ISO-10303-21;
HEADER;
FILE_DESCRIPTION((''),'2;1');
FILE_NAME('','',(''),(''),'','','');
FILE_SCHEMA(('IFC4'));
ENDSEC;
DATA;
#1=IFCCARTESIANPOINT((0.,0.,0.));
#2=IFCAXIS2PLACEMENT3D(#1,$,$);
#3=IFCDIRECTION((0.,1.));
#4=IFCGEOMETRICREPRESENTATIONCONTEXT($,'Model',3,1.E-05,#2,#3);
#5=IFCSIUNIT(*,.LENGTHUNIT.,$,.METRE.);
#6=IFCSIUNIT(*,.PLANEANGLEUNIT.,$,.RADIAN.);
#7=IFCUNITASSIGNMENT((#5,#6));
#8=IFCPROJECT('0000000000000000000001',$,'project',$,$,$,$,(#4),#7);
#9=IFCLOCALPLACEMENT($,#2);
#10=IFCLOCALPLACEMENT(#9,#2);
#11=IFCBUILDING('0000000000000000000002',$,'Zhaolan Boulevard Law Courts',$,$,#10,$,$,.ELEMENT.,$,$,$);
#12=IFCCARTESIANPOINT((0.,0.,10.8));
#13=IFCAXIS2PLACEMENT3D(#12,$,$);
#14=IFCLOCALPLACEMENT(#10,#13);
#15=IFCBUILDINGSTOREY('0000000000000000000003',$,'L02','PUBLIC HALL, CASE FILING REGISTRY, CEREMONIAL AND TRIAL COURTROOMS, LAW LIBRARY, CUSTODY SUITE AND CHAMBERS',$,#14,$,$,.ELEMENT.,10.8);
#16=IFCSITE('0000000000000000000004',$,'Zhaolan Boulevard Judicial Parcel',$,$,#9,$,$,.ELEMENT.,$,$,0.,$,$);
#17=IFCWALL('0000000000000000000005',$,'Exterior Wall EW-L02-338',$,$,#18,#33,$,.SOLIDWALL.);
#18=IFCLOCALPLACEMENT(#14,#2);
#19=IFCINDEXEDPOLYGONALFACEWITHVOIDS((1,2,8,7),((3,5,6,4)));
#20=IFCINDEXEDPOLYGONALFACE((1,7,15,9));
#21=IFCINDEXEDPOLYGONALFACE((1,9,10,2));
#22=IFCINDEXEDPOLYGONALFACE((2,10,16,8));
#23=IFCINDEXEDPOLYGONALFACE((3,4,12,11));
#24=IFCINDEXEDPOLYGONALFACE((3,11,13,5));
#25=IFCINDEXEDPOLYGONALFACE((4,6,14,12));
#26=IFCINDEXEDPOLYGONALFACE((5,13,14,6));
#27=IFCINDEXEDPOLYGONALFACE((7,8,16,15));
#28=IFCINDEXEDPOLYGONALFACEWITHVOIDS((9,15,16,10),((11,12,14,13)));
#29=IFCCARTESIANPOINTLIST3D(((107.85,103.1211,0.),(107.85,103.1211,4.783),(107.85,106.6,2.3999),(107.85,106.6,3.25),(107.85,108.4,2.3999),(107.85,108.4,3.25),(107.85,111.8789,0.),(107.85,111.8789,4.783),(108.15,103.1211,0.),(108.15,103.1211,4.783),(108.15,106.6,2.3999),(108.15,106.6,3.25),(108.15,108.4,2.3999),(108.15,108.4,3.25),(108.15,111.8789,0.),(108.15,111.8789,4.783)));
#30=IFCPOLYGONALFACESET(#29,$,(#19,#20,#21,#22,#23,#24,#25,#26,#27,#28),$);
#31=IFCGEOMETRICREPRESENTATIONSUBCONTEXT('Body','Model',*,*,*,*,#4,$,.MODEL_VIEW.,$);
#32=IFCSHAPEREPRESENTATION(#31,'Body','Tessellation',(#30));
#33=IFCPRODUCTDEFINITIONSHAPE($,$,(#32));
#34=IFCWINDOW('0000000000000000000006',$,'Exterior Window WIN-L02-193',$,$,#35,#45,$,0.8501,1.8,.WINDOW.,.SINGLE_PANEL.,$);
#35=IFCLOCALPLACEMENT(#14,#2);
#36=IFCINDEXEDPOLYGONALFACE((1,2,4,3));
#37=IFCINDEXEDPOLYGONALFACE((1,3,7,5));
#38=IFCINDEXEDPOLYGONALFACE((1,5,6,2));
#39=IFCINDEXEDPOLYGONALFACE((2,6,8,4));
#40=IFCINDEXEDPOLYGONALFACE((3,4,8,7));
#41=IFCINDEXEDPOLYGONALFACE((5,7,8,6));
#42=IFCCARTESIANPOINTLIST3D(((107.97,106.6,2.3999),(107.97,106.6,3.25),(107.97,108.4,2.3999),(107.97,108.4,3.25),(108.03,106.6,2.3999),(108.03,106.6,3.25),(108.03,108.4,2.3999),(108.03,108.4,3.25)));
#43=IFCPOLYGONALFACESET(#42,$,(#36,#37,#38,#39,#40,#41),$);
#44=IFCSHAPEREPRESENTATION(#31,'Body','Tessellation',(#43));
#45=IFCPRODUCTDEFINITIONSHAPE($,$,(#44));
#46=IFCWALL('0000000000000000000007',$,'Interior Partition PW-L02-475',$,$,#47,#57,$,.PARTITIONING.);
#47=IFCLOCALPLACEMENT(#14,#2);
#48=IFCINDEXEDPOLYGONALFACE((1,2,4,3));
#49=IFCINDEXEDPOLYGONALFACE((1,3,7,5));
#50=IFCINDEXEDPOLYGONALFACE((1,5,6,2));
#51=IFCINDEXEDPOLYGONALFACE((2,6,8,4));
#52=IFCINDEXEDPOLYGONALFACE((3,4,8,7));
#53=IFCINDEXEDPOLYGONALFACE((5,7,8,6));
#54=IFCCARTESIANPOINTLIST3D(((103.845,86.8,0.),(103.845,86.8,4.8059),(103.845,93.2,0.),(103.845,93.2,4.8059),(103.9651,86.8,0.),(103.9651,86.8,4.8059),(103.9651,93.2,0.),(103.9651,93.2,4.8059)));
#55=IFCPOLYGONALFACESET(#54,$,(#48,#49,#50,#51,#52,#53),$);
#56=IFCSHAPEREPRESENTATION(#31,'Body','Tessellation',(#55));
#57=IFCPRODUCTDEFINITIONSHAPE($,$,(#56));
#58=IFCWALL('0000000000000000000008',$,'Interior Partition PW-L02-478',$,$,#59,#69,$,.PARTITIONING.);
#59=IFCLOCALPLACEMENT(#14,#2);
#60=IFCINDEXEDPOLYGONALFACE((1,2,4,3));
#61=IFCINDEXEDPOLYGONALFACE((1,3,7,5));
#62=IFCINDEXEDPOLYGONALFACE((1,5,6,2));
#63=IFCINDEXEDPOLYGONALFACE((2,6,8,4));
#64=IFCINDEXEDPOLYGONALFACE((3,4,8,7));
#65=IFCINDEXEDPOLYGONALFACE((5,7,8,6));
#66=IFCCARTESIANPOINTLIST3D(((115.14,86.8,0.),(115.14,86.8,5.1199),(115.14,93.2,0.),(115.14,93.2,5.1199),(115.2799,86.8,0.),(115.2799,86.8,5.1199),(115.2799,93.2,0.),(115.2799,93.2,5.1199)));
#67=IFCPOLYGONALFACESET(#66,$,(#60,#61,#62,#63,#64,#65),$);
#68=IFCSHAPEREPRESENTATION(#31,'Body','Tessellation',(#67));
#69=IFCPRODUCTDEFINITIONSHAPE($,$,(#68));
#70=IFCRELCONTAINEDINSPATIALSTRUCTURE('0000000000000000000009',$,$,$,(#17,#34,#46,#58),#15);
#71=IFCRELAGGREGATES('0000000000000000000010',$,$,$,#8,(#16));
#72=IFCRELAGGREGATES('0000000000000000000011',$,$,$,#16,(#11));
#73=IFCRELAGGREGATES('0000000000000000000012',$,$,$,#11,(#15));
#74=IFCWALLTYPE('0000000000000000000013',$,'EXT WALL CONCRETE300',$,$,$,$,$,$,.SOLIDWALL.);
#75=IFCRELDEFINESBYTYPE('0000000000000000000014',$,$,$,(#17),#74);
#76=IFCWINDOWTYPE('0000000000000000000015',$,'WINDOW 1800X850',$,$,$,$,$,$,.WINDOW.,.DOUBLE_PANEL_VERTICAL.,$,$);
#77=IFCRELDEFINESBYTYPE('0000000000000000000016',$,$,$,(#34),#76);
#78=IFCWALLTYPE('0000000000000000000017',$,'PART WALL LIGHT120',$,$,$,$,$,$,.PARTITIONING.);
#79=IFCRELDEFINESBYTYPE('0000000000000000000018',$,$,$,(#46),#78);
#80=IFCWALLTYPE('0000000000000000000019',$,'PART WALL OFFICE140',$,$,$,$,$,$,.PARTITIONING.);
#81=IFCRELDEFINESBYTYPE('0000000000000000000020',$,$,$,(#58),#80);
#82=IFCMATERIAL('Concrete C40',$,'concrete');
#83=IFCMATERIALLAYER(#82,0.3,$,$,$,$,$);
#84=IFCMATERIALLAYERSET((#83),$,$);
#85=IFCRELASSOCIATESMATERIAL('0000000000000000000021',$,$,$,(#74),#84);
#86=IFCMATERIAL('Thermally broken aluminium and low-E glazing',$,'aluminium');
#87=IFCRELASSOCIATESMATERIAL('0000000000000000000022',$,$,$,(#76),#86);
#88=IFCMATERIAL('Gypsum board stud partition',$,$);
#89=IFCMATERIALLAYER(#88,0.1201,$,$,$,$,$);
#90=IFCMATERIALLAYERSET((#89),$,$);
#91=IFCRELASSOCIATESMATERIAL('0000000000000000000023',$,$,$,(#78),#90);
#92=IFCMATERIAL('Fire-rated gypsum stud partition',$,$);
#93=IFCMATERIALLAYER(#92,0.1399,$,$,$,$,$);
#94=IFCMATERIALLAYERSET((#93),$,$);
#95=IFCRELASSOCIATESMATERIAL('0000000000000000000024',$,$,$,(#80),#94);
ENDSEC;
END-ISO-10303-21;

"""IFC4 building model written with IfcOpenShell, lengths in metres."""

from ifc_helpers import new_model, si_unit, direction, frame, frame_2d, origin, place, context, subcontext, project, spatial, rectangle, extrude, material, layer, layer_set, type_object, element, fill, save


model = new_model("IFC4")

# Units and contexts
model_context = context("Model", 3, precision=1e-05, world=origin(), true_north=direction((0.0, 1.0)))
body_context = subcontext(model_context, "Body", "Model", "MODEL_VIEW")
ifc_project = project(units=[si_unit("LENGTHUNIT", "METRE"), si_unit("PLANEANGLEUNIT", "RADIAN")], contexts=[model_context])

# Site, building, storey
site_placement = place(None, origin())
site = spatial("IfcSite", under=ifc_project, at=site_placement, Name="Zhaolan Boulevard Judicial Parcel", CompositionType="ELEMENT", RefElevation=0.0)
building_placement = place(site_placement, origin())
building = spatial("IfcBuilding", under=site, at=building_placement, Name="Zhaolan Boulevard Law Courts", CompositionType="ELEMENT")
storey_placement = place(building_placement, frame((0.0, 0.0, 10.8)))
storey = spatial("IfcBuildingStorey", under=building, at=storey_placement, Name="L02", Description="PUBLIC HALL, CASE FILING REGISTRY, CEREMONIAL AND TRIAL COURTROOMS, LAW LIBRARY, CUSTODY SUITE AND CHAMBERS", CompositionType="ELEMENT", Elevation=10.8)

# Wall, opening, window
ifc_material_1 = material(Name="Concrete C40", Category="concrete")
ifc_layer_1 = layer(ifc_material_1, 0.3)
ifc_layer_set_1 = layer_set([ifc_layer_1])
wall_type_1 = type_object("IfcWallType", Name="EXT WALL CONCRETE300", PredefinedType="SOLIDWALL", material=ifc_layer_set_1)
ifc_material_2 = material(Name="Thermally broken aluminium and low-E glazing", Category="aluminium")
window_type_1 = type_object("IfcWindowType", Name="WINDOW 1800X850", PartitioningType="DOUBLE_PANEL_VERTICAL", PredefinedType="WINDOW", material=ifc_material_2)
wall_1_placement = place(storey_placement, frame((108.0, 103.1211, 0.0), z_axis=(0.0, 0.0, 1.0), x_axis=(0.0, 1.0, 0.0)))
wall_1 = element("IfcWall", 1, at=wall_1_placement, inside=storey, type_object=wall_type_1, Name="Exterior Wall EW-L02-338", PredefinedType="SOLIDWALL", context=body_context, shape_type="SweptSolid", body=[
    extrude(rectangle(XDim=8.7578, YDim=0.3, at=frame_2d((4.3789, 0.0))), origin(), (0.0, 0.0, 1.0), 4.783),
])
opening_1_placement = place(wall_1_placement, frame((3.479, 0.0, 2.3999)))
opening_1 = element("IfcOpeningElement", 2, at=opening_1_placement, cuts=wall_1, PredefinedType="OPENING", context=body_context, shape_type="SweptSolid", body=[
    extrude(rectangle(XDim=1.8, YDim=0.8501, at=frame_2d((0.8999, 0.425))), frame((0.0, 0.1599, 0.0), z_axis=(0.0, -1.0, 0.0), x_axis=(1.0, 0.0, 0.0)), (0.0, 0.0, 1.0), 0.3201),
])
window_1_placement = place(opening_1_placement, origin())
window_1 = element("IfcWindow", 3, at=window_1_placement, inside=storey, type_object=window_type_1, Name="Exterior Window WIN-L02-193", OverallHeight=0.8501, OverallWidth=1.8, PartitioningType="SINGLE_PANEL", PredefinedType="WINDOW", context=body_context, shape_type="SweptSolid", body=[
    extrude(rectangle(XDim=1.8, YDim=0.8501, at=frame_2d((0.8999, 0.425))), frame((0.0, 0.03, 0.0), z_axis=(0.0, -1.0, 0.0), x_axis=(1.0, 0.0, 0.0)), (0.0, 0.0, 1.0), 0.0601),
])
fill(opening_1, window_1)

# Walls
ifc_material_3 = material(Name="Gypsum board stud partition")
ifc_layer_2 = layer(ifc_material_3, 0.1201)
ifc_layer_set_2 = layer_set([ifc_layer_2])
wall_type_2 = type_object("IfcWallType", Name="PART WALL LIGHT120", PredefinedType="PARTITIONING", material=ifc_layer_set_2)
wall_2_placement = place(storey_placement, frame((103.905, 93.2, 0.0), z_axis=(0.0, 0.0, 1.0), x_axis=(0.0, -1.0, 0.0)))
element("IfcWall", 4, at=wall_2_placement, inside=storey, type_object=wall_type_2, Name="Interior Partition PW-L02-475", PredefinedType="PARTITIONING", context=body_context, shape_type="SweptSolid", body=[
    extrude(rectangle(XDim=6.3999, YDim=0.1201, at=frame_2d((3.2, 0.0))), origin(), (0.0, 0.0, 1.0), 4.8059),
])
ifc_material_4 = material(Name="Fire-rated gypsum stud partition")
ifc_layer_3 = layer(ifc_material_4, 0.1399)
ifc_layer_set_3 = layer_set([ifc_layer_3])
wall_type_3 = type_object("IfcWallType", Name="PART WALL OFFICE140", PredefinedType="PARTITIONING", material=ifc_layer_set_3)
wall_3_placement = place(storey_placement, frame((115.21, 93.2, 0.0), z_axis=(0.0, 0.0, 1.0), x_axis=(0.0, -1.0, 0.0)))
element("IfcWall", 5, at=wall_3_placement, inside=storey, type_object=wall_type_3, Name="Interior Partition PW-L02-478", PredefinedType="PARTITIONING", context=body_context, shape_type="SweptSolid", body=[
    extrude(rectangle(XDim=6.3999, YDim=0.1399, at=frame_2d((3.2, 0.0))), origin(), (0.0, 0.0, 1.0), 5.1199),
])

save(model, "model.ifc")
